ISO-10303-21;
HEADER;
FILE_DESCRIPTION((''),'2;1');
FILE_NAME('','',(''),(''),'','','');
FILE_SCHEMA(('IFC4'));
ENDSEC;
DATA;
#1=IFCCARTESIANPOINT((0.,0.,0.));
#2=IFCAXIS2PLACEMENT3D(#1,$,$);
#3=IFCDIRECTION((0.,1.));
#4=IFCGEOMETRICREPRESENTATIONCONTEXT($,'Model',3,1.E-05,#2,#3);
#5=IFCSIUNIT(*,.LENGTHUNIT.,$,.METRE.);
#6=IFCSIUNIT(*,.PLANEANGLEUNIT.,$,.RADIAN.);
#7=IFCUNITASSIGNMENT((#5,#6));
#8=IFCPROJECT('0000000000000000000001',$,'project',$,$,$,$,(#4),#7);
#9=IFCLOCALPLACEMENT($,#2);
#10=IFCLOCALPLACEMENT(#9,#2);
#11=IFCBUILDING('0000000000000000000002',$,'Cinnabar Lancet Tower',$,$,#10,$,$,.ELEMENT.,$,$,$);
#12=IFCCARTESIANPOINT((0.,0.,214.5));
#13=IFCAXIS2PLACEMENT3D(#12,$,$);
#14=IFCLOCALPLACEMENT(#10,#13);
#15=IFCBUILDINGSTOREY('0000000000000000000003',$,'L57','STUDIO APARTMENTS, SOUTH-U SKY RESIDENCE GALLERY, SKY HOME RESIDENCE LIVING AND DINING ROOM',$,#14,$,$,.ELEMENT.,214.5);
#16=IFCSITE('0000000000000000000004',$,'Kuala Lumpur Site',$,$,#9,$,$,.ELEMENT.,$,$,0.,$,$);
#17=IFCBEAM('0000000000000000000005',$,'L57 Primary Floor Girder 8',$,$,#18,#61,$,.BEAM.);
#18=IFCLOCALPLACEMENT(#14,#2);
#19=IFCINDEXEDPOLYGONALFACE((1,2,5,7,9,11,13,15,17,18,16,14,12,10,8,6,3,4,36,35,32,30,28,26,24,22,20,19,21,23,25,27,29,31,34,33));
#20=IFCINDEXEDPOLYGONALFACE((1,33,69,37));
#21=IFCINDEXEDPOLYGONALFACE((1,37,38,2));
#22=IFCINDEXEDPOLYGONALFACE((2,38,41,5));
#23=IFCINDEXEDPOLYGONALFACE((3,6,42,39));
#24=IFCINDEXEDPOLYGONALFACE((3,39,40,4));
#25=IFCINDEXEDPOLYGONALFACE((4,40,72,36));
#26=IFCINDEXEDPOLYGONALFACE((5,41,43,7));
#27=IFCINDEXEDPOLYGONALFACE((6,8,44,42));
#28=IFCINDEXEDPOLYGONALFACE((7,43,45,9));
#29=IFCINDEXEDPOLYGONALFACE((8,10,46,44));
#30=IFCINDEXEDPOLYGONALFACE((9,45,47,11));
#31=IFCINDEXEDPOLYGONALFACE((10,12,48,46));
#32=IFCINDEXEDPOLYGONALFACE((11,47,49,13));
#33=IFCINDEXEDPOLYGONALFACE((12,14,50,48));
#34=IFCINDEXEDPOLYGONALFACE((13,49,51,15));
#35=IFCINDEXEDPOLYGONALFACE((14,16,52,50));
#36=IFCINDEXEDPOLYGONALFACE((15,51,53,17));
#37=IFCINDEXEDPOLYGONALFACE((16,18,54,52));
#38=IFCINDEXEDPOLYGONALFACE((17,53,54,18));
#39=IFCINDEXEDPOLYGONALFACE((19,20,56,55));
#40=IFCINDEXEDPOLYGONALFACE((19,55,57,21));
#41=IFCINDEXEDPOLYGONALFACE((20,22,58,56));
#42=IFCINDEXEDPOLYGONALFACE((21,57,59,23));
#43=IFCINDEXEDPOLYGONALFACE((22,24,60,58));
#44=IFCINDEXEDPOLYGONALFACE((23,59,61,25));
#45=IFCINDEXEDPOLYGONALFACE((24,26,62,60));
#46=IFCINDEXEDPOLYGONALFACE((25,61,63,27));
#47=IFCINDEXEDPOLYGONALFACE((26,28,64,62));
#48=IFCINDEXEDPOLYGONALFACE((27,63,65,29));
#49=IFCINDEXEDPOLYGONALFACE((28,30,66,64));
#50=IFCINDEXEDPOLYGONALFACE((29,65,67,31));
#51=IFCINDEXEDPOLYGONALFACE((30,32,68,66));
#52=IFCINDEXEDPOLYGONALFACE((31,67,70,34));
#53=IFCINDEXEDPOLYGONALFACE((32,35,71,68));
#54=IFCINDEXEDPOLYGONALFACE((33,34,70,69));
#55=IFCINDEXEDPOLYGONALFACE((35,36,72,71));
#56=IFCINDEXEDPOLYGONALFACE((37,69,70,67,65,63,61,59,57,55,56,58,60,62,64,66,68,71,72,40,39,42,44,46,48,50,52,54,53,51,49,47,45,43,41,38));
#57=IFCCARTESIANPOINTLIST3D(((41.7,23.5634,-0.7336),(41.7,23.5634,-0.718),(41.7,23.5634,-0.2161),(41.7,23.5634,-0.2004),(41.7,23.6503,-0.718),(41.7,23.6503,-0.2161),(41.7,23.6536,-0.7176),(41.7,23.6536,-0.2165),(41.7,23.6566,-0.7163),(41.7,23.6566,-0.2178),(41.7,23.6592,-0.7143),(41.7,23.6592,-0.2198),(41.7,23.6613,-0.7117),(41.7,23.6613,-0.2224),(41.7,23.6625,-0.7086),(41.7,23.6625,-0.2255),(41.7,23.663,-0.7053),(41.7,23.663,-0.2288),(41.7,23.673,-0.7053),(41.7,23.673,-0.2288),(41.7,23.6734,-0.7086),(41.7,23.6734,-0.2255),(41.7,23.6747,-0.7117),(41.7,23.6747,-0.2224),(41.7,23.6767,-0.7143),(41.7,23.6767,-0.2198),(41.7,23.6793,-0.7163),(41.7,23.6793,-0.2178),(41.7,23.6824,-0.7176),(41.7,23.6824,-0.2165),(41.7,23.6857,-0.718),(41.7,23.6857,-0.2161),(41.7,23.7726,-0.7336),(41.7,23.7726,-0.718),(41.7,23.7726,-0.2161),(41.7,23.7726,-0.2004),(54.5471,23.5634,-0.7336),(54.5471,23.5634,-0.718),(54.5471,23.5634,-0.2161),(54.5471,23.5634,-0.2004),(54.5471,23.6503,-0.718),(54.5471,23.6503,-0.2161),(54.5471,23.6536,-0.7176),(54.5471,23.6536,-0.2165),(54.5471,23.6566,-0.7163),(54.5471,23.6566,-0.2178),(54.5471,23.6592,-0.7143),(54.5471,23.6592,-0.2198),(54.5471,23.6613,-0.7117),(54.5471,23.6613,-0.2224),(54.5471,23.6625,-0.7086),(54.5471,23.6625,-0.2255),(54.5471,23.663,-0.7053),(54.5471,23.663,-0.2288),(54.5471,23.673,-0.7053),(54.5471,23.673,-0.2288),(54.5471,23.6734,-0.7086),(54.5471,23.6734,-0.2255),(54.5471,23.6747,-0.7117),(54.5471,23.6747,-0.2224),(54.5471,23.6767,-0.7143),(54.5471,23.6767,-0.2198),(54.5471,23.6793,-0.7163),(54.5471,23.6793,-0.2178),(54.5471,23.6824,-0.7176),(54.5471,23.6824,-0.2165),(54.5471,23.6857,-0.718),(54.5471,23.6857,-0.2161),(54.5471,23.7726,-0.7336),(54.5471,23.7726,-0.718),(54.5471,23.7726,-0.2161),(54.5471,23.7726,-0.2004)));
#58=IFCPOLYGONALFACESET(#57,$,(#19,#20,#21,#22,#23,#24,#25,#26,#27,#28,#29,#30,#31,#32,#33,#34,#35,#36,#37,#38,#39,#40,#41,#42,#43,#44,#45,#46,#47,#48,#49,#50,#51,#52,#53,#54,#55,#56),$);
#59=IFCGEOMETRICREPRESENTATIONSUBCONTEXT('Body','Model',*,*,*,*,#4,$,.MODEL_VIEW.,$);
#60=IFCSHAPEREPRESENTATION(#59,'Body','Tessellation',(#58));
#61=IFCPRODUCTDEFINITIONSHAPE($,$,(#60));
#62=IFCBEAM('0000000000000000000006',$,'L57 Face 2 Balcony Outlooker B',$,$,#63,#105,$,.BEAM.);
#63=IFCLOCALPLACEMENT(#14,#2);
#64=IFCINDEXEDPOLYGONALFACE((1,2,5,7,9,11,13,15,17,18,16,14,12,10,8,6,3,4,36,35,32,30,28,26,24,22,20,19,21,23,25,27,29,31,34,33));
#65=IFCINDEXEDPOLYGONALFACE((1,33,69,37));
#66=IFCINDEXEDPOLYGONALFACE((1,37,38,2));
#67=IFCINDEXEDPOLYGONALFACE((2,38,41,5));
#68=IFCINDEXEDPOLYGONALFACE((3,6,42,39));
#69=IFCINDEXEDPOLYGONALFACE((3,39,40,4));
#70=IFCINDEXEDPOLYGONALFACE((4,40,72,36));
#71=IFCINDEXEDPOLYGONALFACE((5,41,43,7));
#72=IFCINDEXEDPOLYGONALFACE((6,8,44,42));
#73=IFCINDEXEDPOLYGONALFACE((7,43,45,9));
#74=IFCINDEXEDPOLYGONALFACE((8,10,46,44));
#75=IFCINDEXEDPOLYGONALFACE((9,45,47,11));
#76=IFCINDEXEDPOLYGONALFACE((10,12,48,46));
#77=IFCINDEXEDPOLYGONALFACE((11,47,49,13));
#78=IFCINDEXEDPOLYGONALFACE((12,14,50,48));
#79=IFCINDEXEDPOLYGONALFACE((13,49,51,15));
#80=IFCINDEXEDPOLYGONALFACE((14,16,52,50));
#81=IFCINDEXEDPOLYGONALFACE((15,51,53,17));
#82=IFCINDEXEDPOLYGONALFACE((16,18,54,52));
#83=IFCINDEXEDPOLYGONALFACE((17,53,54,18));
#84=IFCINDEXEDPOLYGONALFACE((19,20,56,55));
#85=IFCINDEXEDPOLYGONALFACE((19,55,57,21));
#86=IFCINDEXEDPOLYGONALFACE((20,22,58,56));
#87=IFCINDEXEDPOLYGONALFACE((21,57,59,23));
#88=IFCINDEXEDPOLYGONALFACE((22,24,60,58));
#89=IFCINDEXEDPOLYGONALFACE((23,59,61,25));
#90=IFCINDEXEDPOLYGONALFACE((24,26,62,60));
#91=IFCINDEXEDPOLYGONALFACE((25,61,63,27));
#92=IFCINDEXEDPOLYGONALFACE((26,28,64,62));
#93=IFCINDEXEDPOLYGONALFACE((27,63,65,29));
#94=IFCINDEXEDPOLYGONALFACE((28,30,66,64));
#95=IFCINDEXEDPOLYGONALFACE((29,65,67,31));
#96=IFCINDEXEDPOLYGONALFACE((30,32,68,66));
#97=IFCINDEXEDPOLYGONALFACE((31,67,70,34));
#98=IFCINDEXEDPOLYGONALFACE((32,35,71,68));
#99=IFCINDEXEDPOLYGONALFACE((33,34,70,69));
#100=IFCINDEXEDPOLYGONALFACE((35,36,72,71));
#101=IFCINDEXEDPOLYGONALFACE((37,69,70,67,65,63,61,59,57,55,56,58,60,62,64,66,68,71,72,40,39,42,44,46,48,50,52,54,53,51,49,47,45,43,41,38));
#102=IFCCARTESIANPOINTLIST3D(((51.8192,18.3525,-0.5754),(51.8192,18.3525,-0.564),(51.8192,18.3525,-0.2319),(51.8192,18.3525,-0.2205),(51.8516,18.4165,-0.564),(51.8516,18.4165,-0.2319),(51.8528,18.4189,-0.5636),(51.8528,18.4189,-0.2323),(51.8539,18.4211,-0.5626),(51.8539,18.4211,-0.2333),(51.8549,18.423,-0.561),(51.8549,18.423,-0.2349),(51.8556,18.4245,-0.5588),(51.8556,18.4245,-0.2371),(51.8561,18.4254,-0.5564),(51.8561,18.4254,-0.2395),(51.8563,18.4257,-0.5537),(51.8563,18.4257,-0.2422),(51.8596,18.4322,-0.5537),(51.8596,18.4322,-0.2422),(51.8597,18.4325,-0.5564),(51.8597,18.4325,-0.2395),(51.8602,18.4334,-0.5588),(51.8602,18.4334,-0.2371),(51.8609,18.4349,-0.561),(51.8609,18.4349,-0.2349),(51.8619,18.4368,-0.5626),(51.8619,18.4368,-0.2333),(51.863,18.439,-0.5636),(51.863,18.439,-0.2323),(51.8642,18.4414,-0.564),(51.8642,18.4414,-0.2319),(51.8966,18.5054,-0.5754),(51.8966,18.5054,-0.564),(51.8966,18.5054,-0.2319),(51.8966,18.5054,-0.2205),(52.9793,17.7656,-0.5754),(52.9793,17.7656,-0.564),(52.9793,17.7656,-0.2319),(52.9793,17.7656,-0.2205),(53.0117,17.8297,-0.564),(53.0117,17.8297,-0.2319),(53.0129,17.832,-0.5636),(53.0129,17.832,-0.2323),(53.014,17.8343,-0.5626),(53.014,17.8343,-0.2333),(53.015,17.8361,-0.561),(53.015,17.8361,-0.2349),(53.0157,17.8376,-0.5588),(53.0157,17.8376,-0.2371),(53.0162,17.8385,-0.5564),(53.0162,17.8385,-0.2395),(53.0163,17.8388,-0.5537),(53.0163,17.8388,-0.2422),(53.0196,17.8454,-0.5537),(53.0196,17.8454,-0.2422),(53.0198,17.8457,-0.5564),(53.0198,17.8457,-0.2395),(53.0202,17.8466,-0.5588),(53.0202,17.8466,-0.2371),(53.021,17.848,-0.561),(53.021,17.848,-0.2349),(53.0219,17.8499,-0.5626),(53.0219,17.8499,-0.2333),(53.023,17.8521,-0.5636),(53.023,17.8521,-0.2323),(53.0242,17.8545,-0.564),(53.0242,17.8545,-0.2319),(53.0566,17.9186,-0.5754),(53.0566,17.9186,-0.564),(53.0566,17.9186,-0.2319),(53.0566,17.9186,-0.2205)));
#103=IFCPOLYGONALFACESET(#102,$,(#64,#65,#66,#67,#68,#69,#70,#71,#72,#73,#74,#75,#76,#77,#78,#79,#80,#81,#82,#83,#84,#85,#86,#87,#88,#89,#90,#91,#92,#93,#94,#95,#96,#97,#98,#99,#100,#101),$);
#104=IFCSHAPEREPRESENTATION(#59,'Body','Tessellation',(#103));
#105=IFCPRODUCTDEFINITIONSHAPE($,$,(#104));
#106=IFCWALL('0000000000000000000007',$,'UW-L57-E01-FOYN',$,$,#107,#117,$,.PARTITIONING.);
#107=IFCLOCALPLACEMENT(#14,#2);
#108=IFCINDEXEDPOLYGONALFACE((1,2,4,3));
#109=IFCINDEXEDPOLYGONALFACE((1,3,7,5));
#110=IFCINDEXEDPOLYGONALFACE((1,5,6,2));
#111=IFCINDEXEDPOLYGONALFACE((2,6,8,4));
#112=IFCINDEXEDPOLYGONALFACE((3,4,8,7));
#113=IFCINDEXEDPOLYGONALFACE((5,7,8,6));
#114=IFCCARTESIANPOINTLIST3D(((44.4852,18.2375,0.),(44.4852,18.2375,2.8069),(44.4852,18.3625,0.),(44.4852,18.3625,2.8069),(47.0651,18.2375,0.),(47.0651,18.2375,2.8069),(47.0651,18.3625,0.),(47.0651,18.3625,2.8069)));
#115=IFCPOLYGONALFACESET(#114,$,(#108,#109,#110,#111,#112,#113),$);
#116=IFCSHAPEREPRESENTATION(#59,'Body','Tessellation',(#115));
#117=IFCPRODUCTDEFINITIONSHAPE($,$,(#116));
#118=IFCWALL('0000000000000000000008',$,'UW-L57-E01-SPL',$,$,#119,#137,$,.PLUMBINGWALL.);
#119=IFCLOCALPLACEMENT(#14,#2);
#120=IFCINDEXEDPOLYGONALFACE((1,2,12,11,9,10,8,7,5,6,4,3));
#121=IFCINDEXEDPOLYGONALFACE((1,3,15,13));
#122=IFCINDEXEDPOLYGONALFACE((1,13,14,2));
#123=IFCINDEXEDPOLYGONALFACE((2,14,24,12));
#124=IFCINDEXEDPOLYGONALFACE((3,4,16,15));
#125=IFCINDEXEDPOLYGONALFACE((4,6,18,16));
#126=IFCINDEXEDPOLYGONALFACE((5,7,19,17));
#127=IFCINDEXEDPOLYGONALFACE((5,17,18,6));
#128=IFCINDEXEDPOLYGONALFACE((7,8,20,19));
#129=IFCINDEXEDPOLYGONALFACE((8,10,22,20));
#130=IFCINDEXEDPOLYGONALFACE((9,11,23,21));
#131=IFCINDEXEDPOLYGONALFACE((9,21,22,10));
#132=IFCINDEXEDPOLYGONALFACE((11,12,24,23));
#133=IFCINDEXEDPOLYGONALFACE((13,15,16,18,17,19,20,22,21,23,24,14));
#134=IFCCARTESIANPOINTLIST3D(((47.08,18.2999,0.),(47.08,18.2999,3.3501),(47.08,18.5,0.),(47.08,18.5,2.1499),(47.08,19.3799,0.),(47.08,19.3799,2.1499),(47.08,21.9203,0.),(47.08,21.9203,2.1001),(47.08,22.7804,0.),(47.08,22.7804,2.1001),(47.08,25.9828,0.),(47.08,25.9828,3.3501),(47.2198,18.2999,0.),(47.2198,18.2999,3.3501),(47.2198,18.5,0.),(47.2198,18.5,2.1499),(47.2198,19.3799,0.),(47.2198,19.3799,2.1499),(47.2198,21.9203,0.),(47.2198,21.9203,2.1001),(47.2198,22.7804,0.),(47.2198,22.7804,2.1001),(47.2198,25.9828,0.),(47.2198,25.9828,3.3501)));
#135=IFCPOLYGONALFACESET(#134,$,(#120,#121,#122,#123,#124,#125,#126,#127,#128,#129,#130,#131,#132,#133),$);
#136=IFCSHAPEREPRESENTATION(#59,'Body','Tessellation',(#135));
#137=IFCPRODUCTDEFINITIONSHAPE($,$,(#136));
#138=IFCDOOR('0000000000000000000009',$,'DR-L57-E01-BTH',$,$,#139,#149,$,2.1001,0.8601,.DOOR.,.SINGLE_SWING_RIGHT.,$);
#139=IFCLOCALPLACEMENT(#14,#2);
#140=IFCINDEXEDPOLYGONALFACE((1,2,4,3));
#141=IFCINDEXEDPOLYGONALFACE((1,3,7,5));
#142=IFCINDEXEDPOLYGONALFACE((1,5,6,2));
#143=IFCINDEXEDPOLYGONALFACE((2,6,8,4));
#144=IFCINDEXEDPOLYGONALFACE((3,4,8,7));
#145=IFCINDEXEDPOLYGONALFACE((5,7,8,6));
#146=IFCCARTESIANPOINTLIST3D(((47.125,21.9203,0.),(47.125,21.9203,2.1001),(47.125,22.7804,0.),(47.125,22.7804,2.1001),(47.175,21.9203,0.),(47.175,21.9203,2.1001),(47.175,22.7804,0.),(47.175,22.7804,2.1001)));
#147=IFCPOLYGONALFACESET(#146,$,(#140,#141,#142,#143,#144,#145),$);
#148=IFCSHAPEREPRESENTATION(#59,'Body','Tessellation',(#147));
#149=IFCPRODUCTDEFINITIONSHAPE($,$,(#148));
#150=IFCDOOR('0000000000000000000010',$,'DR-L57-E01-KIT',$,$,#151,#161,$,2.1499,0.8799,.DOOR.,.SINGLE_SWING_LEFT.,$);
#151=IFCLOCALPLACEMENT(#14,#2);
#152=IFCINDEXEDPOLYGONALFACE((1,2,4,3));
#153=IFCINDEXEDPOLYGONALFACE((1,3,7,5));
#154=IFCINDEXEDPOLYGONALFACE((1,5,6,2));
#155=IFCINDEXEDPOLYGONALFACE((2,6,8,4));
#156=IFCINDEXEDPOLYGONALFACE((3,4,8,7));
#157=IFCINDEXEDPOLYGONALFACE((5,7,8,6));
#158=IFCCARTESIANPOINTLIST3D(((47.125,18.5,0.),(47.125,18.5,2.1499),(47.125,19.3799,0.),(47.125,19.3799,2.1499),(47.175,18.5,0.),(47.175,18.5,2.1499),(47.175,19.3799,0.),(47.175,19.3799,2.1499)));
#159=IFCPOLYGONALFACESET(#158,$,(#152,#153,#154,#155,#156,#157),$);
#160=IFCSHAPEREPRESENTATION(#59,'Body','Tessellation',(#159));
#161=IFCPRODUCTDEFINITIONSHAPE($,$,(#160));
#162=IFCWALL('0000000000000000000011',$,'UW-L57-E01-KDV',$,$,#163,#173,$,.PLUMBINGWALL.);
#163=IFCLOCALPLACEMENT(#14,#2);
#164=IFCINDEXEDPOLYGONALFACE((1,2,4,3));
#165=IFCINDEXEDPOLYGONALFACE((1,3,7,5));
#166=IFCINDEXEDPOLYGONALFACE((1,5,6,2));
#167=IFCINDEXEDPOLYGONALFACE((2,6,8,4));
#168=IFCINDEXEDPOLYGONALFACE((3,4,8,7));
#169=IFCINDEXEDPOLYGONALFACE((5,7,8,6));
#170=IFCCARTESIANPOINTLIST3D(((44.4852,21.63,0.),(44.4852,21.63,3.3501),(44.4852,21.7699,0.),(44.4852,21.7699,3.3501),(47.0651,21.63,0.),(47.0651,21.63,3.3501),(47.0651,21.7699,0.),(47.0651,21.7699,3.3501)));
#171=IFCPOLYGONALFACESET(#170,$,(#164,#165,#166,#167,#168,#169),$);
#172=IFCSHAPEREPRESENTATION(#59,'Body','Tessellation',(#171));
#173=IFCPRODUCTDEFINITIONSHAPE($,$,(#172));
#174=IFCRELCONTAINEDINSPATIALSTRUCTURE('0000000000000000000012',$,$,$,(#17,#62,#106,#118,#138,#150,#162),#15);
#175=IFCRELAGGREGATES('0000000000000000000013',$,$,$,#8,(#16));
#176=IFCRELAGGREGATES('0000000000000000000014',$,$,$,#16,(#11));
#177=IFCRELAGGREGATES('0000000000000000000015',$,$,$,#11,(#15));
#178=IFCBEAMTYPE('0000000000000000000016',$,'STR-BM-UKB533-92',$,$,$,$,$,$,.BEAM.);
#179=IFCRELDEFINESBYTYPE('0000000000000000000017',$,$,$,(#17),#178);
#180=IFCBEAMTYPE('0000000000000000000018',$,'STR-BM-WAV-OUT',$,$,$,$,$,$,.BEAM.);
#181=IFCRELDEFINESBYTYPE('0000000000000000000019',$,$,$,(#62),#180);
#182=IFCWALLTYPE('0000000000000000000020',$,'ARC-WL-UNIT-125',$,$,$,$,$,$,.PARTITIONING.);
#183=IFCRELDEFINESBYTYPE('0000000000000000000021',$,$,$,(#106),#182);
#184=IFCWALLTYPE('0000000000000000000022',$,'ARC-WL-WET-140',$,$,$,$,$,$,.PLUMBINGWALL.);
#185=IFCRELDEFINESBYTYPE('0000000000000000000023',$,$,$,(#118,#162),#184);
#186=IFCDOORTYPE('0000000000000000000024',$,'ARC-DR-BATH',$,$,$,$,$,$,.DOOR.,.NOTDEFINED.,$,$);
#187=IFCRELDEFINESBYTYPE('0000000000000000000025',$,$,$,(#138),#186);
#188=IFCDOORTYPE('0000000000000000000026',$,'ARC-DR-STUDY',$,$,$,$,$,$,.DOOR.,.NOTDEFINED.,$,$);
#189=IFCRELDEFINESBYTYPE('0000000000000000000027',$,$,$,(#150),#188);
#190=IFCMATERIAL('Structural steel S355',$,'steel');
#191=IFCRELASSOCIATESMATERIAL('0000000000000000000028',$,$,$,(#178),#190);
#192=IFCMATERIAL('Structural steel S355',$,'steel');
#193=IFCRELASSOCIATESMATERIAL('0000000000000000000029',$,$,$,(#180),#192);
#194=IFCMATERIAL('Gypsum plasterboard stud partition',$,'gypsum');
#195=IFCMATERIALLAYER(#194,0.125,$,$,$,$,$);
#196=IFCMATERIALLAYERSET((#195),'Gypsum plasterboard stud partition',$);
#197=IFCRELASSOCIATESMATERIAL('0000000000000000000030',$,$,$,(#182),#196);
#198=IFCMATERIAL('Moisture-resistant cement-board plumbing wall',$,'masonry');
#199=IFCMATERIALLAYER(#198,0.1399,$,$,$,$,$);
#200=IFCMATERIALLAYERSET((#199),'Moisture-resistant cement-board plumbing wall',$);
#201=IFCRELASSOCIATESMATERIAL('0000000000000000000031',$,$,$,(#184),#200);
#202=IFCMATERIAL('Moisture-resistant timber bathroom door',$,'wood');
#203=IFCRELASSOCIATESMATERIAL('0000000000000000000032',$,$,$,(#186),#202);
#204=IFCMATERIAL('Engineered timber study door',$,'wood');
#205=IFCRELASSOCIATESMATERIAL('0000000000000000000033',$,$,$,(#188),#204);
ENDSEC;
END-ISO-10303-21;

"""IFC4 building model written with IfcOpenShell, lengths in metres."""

from ifc_helpers import new_model, si_unit, direction, frame, frame_2d, origin, origin_2d, place, context, subcontext, project, spatial, rectangle, i_section, extrude, material, layer, layer_set, material_profile, profile_set, type_object, element, fill, save


model = new_model("IFC4")

# Units and contexts
model_context = context("Model", 3, precision=1e-05, world=origin(), true_north=direction((0.0, 1.0)))
body_context = subcontext(model_context, "Body", "Model", "MODEL_VIEW")
ifc_project = project(units=[si_unit("LENGTHUNIT", "METRE"), si_unit("PLANEANGLEUNIT", "RADIAN")], contexts=[model_context])

# Site, building, storey
site_placement = place(None, origin())
site = spatial("IfcSite", under=ifc_project, at=site_placement, Name="Kuala Lumpur Site", CompositionType="ELEMENT", RefElevation=0.0)
building_placement = place(site_placement, origin())
building = spatial("IfcBuilding", under=site, at=building_placement, Name="Cinnabar Lancet Tower", CompositionType="ELEMENT")
storey_placement = place(building_placement, frame((0.0, 0.0, 214.5)))
storey = spatial("IfcBuildingStorey", under=building, at=storey_placement, Name="L57", Description="STUDIO APARTMENTS, SOUTH-U SKY RESIDENCE GALLERY, SKY HOME RESIDENCE LIVING AND DINING ROOM", CompositionType="ELEMENT", Elevation=214.5)

# Beams
ifc_material_1 = material(Name="Structural steel S355", Category="steel")
ifc_material_profile_1 = material_profile(ifc_material_1, i_section(OverallWidth=0.2092, OverallDepth=0.5332, WebThickness=0.01, FlangeThickness=0.0156, FilletRadius=0.0127, at=origin_2d()), Name="UKB 533x210x92")
ifc_profile_set_1 = profile_set([ifc_material_profile_1], Name="Structural steel S355")
beam_type_1 = type_object("IfcBeamType", Name="STR-BM-UKB533-92", PredefinedType="BEAM", material=ifc_profile_set_1)
beam_1_placement = place(storey_placement, frame((54.5471, 23.668, -0.467), z_axis=(-1.0, 0.0, 0.0), x_axis=(0.0, -1.0, 0.0)))
element("IfcBeam", 1, at=beam_1_placement, inside=storey, type_object=beam_type_1, Name="L57 Primary Floor Girder 8", PredefinedType="BEAM", context=body_context, shape_type="SweptSolid", body=[
    extrude(i_section(OverallWidth=0.2092, OverallDepth=0.5332, WebThickness=0.01, FlangeThickness=0.0156, FilletRadius=0.0127, at=origin_2d()), origin(), (0.0, 0.0, 1.0), 12.8472),
])
ifc_material_2 = material(Name="Structural steel S355", Category="steel")
ifc_material_profile_2 = material_profile(ifc_material_2, i_section(OverallWidth=0.1714, OverallDepth=0.355, WebThickness=0.0073, FlangeThickness=0.0115, FilletRadius=0.0103, at=origin_2d()), Name="UKB 356x171x51")
ifc_profile_set_2 = profile_set([ifc_material_profile_2], Name="Structural steel S355")
beam_type_2 = type_object("IfcBeamType", Name="STR-BM-WAV-OUT", PredefinedType="BEAM", material=ifc_profile_set_2)
beam_2_placement = place(storey_placement, frame((51.8579, 18.429, -0.3979), z_axis=(0.892314, -0.451415, 0.0), x_axis=(0.451415, 0.892314, 0.0)))
element("IfcBeam", 2, at=beam_2_placement, inside=storey, type_object=beam_type_2, Name="L57 Face 2 Balcony Outlooker B", PredefinedType="BEAM", context=body_context, shape_type="SweptSolid", body=[
    extrude(i_section(OverallWidth=0.1714, OverallDepth=0.355, WebThickness=0.0073, FlangeThickness=0.0115, FilletRadius=0.0103, at=origin_2d()), origin(), (0.0, 0.0, 1.0), 1.3),
])

# Wall
ifc_material_3 = material(Name="Gypsum plasterboard stud partition", Category="gypsum")
ifc_layer_1 = layer(ifc_material_3, 0.125)
ifc_layer_set_1 = layer_set([ifc_layer_1], Name="Gypsum plasterboard stud partition")
wall_type_1 = type_object("IfcWallType", Name="ARC-WL-UNIT-125", PredefinedType="PARTITIONING", material=ifc_layer_set_1)
wall_1_placement = place(storey_placement, frame((44.4851, 18.3, 0.0), z_axis=(0.0, 0.0, 1.0), x_axis=(1.0, 0.0, 0.0)))
element("IfcWall", 3, at=wall_1_placement, inside=storey, type_object=wall_type_1, Name="UW-L57-E01-FOYN", PredefinedType="PARTITIONING", context=body_context, shape_type="SweptSolid", body=[
    extrude(rectangle(XDim=2.5798, YDim=0.125, at=frame_2d((1.29, 0.0))), origin(), (0.0, 0.0, 1.0), 2.8069),
])

# Wall, openings, doors
ifc_material_4 = material(Name="Moisture-resistant cement-board plumbing wall", Category="masonry")
ifc_layer_2 = layer(ifc_material_4, 0.1399)
ifc_layer_set_2 = layer_set([ifc_layer_2], Name="Moisture-resistant cement-board plumbing wall")
wall_type_2 = type_object("IfcWallType", Name="ARC-WL-WET-140", PredefinedType="PLUMBINGWALL", material=ifc_layer_set_2)
wall_2_placement = place(storey_placement, frame((47.1499, 18.3, 0.0), z_axis=(0.0, 0.0, 1.0), x_axis=(0.0, 1.0, 0.0)))
wall_2 = element("IfcWall", 4, at=wall_2_placement, inside=storey, type_object=wall_type_2, Name="UW-L57-E01-SPL", PredefinedType="PLUMBINGWALL", context=body_context, shape_type="SweptSolid", body=[
    extrude(rectangle(XDim=7.6829, YDim=0.1399, at=frame_2d((3.8413, 0.0))), origin(), (0.0, 0.0, 1.0), 3.3501),
])
opening_1_placement = place(wall_2_placement, frame((3.6201, 0.0, 0.0)))
opening_1 = element("IfcOpeningElement", 5, at=opening_1_placement, cuts=wall_2, PredefinedType="OPENING", context=body_context, shape_type="SweptSolid", body=[
    extrude(rectangle(XDim=0.8601, YDim=2.1001, at=frame_2d((0.4302, 1.05))), frame((0.0, 0.0798, 0.0), z_axis=(0.0, -1.0, 0.0), x_axis=(1.0, 0.0, 0.0)), (0.0, 0.0, 1.0), 0.1599),
])
opening_2_placement = place(wall_2_placement, frame((0.2, 0.0, 0.0)))
opening_2 = element("IfcOpeningElement", 6, at=opening_2_placement, cuts=wall_2, PredefinedType="OPENING", context=body_context, shape_type="SweptSolid", body=[
    extrude(rectangle(XDim=0.8799, YDim=2.1499, at=frame_2d((0.4399, 1.075))), frame((0.0, 0.0798, 0.0), z_axis=(0.0, -1.0, 0.0), x_axis=(1.0, 0.0, 0.0)), (0.0, 0.0, 1.0), 0.1599),
])
ifc_material_5 = material(Name="Moisture-resistant timber bathroom door", Category="wood")
door_type_1 = type_object("IfcDoorType", Name="ARC-DR-BATH", OperationType="NOTDEFINED", PredefinedType="DOOR", material=ifc_material_5)
door_1_placement = place(opening_1_placement, origin())
door_1 = element("IfcDoor", 7, at=door_1_placement, inside=storey, type_object=door_type_1, Name="DR-L57-E01-BTH", OperationType="SINGLE_SWING_RIGHT", OverallHeight=2.1001, OverallWidth=0.8601, PredefinedType="DOOR", context=body_context, shape_type="SweptSolid", body=[
    extrude(rectangle(XDim=0.8601, YDim=2.1001, at=frame_2d((0.4302, 1.05))), frame((0.0, 0.0249, 0.0), z_axis=(0.0, -1.0, 0.0), x_axis=(1.0, 0.0, 0.0)), (0.0, 0.0, 1.0), 0.05),
])
fill(opening_1, door_1)
ifc_material_6 = material(Name="Engineered timber study door", Category="wood")
door_type_2 = type_object("IfcDoorType", Name="ARC-DR-STUDY", OperationType="NOTDEFINED", PredefinedType="DOOR", material=ifc_material_6)
door_2_placement = place(opening_2_placement, origin())
door_2 = element("IfcDoor", 8, at=door_2_placement, inside=storey, type_object=door_type_2, Name="DR-L57-E01-KIT", OperationType="SINGLE_SWING_LEFT", OverallHeight=2.1499, OverallWidth=0.8799, PredefinedType="DOOR", context=body_context, shape_type="SweptSolid", body=[
    extrude(rectangle(XDim=0.8799, YDim=2.1499, at=frame_2d((0.4399, 1.075))), frame((0.0, 0.0249, 0.0), z_axis=(0.0, -1.0, 0.0), x_axis=(1.0, 0.0, 0.0)), (0.0, 0.0, 1.0), 0.05),
])
fill(opening_2, door_2)

# Wall
wall_3_placement = place(storey_placement, frame((44.4851, 21.7, 0.0), z_axis=(0.0, 0.0, 1.0), x_axis=(1.0, 0.0, 0.0)))
element("IfcWall", 9, at=wall_3_placement, inside=storey, type_object=wall_type_2, Name="UW-L57-E01-KDV", PredefinedType="PLUMBINGWALL", context=body_context, shape_type="SweptSolid", body=[
    extrude(rectangle(XDim=2.5798, YDim=0.1399, at=frame_2d((1.29, 0.0))), origin(), (0.0, 0.0, 1.0), 3.3501),
])

save(model, "model.ifc")
